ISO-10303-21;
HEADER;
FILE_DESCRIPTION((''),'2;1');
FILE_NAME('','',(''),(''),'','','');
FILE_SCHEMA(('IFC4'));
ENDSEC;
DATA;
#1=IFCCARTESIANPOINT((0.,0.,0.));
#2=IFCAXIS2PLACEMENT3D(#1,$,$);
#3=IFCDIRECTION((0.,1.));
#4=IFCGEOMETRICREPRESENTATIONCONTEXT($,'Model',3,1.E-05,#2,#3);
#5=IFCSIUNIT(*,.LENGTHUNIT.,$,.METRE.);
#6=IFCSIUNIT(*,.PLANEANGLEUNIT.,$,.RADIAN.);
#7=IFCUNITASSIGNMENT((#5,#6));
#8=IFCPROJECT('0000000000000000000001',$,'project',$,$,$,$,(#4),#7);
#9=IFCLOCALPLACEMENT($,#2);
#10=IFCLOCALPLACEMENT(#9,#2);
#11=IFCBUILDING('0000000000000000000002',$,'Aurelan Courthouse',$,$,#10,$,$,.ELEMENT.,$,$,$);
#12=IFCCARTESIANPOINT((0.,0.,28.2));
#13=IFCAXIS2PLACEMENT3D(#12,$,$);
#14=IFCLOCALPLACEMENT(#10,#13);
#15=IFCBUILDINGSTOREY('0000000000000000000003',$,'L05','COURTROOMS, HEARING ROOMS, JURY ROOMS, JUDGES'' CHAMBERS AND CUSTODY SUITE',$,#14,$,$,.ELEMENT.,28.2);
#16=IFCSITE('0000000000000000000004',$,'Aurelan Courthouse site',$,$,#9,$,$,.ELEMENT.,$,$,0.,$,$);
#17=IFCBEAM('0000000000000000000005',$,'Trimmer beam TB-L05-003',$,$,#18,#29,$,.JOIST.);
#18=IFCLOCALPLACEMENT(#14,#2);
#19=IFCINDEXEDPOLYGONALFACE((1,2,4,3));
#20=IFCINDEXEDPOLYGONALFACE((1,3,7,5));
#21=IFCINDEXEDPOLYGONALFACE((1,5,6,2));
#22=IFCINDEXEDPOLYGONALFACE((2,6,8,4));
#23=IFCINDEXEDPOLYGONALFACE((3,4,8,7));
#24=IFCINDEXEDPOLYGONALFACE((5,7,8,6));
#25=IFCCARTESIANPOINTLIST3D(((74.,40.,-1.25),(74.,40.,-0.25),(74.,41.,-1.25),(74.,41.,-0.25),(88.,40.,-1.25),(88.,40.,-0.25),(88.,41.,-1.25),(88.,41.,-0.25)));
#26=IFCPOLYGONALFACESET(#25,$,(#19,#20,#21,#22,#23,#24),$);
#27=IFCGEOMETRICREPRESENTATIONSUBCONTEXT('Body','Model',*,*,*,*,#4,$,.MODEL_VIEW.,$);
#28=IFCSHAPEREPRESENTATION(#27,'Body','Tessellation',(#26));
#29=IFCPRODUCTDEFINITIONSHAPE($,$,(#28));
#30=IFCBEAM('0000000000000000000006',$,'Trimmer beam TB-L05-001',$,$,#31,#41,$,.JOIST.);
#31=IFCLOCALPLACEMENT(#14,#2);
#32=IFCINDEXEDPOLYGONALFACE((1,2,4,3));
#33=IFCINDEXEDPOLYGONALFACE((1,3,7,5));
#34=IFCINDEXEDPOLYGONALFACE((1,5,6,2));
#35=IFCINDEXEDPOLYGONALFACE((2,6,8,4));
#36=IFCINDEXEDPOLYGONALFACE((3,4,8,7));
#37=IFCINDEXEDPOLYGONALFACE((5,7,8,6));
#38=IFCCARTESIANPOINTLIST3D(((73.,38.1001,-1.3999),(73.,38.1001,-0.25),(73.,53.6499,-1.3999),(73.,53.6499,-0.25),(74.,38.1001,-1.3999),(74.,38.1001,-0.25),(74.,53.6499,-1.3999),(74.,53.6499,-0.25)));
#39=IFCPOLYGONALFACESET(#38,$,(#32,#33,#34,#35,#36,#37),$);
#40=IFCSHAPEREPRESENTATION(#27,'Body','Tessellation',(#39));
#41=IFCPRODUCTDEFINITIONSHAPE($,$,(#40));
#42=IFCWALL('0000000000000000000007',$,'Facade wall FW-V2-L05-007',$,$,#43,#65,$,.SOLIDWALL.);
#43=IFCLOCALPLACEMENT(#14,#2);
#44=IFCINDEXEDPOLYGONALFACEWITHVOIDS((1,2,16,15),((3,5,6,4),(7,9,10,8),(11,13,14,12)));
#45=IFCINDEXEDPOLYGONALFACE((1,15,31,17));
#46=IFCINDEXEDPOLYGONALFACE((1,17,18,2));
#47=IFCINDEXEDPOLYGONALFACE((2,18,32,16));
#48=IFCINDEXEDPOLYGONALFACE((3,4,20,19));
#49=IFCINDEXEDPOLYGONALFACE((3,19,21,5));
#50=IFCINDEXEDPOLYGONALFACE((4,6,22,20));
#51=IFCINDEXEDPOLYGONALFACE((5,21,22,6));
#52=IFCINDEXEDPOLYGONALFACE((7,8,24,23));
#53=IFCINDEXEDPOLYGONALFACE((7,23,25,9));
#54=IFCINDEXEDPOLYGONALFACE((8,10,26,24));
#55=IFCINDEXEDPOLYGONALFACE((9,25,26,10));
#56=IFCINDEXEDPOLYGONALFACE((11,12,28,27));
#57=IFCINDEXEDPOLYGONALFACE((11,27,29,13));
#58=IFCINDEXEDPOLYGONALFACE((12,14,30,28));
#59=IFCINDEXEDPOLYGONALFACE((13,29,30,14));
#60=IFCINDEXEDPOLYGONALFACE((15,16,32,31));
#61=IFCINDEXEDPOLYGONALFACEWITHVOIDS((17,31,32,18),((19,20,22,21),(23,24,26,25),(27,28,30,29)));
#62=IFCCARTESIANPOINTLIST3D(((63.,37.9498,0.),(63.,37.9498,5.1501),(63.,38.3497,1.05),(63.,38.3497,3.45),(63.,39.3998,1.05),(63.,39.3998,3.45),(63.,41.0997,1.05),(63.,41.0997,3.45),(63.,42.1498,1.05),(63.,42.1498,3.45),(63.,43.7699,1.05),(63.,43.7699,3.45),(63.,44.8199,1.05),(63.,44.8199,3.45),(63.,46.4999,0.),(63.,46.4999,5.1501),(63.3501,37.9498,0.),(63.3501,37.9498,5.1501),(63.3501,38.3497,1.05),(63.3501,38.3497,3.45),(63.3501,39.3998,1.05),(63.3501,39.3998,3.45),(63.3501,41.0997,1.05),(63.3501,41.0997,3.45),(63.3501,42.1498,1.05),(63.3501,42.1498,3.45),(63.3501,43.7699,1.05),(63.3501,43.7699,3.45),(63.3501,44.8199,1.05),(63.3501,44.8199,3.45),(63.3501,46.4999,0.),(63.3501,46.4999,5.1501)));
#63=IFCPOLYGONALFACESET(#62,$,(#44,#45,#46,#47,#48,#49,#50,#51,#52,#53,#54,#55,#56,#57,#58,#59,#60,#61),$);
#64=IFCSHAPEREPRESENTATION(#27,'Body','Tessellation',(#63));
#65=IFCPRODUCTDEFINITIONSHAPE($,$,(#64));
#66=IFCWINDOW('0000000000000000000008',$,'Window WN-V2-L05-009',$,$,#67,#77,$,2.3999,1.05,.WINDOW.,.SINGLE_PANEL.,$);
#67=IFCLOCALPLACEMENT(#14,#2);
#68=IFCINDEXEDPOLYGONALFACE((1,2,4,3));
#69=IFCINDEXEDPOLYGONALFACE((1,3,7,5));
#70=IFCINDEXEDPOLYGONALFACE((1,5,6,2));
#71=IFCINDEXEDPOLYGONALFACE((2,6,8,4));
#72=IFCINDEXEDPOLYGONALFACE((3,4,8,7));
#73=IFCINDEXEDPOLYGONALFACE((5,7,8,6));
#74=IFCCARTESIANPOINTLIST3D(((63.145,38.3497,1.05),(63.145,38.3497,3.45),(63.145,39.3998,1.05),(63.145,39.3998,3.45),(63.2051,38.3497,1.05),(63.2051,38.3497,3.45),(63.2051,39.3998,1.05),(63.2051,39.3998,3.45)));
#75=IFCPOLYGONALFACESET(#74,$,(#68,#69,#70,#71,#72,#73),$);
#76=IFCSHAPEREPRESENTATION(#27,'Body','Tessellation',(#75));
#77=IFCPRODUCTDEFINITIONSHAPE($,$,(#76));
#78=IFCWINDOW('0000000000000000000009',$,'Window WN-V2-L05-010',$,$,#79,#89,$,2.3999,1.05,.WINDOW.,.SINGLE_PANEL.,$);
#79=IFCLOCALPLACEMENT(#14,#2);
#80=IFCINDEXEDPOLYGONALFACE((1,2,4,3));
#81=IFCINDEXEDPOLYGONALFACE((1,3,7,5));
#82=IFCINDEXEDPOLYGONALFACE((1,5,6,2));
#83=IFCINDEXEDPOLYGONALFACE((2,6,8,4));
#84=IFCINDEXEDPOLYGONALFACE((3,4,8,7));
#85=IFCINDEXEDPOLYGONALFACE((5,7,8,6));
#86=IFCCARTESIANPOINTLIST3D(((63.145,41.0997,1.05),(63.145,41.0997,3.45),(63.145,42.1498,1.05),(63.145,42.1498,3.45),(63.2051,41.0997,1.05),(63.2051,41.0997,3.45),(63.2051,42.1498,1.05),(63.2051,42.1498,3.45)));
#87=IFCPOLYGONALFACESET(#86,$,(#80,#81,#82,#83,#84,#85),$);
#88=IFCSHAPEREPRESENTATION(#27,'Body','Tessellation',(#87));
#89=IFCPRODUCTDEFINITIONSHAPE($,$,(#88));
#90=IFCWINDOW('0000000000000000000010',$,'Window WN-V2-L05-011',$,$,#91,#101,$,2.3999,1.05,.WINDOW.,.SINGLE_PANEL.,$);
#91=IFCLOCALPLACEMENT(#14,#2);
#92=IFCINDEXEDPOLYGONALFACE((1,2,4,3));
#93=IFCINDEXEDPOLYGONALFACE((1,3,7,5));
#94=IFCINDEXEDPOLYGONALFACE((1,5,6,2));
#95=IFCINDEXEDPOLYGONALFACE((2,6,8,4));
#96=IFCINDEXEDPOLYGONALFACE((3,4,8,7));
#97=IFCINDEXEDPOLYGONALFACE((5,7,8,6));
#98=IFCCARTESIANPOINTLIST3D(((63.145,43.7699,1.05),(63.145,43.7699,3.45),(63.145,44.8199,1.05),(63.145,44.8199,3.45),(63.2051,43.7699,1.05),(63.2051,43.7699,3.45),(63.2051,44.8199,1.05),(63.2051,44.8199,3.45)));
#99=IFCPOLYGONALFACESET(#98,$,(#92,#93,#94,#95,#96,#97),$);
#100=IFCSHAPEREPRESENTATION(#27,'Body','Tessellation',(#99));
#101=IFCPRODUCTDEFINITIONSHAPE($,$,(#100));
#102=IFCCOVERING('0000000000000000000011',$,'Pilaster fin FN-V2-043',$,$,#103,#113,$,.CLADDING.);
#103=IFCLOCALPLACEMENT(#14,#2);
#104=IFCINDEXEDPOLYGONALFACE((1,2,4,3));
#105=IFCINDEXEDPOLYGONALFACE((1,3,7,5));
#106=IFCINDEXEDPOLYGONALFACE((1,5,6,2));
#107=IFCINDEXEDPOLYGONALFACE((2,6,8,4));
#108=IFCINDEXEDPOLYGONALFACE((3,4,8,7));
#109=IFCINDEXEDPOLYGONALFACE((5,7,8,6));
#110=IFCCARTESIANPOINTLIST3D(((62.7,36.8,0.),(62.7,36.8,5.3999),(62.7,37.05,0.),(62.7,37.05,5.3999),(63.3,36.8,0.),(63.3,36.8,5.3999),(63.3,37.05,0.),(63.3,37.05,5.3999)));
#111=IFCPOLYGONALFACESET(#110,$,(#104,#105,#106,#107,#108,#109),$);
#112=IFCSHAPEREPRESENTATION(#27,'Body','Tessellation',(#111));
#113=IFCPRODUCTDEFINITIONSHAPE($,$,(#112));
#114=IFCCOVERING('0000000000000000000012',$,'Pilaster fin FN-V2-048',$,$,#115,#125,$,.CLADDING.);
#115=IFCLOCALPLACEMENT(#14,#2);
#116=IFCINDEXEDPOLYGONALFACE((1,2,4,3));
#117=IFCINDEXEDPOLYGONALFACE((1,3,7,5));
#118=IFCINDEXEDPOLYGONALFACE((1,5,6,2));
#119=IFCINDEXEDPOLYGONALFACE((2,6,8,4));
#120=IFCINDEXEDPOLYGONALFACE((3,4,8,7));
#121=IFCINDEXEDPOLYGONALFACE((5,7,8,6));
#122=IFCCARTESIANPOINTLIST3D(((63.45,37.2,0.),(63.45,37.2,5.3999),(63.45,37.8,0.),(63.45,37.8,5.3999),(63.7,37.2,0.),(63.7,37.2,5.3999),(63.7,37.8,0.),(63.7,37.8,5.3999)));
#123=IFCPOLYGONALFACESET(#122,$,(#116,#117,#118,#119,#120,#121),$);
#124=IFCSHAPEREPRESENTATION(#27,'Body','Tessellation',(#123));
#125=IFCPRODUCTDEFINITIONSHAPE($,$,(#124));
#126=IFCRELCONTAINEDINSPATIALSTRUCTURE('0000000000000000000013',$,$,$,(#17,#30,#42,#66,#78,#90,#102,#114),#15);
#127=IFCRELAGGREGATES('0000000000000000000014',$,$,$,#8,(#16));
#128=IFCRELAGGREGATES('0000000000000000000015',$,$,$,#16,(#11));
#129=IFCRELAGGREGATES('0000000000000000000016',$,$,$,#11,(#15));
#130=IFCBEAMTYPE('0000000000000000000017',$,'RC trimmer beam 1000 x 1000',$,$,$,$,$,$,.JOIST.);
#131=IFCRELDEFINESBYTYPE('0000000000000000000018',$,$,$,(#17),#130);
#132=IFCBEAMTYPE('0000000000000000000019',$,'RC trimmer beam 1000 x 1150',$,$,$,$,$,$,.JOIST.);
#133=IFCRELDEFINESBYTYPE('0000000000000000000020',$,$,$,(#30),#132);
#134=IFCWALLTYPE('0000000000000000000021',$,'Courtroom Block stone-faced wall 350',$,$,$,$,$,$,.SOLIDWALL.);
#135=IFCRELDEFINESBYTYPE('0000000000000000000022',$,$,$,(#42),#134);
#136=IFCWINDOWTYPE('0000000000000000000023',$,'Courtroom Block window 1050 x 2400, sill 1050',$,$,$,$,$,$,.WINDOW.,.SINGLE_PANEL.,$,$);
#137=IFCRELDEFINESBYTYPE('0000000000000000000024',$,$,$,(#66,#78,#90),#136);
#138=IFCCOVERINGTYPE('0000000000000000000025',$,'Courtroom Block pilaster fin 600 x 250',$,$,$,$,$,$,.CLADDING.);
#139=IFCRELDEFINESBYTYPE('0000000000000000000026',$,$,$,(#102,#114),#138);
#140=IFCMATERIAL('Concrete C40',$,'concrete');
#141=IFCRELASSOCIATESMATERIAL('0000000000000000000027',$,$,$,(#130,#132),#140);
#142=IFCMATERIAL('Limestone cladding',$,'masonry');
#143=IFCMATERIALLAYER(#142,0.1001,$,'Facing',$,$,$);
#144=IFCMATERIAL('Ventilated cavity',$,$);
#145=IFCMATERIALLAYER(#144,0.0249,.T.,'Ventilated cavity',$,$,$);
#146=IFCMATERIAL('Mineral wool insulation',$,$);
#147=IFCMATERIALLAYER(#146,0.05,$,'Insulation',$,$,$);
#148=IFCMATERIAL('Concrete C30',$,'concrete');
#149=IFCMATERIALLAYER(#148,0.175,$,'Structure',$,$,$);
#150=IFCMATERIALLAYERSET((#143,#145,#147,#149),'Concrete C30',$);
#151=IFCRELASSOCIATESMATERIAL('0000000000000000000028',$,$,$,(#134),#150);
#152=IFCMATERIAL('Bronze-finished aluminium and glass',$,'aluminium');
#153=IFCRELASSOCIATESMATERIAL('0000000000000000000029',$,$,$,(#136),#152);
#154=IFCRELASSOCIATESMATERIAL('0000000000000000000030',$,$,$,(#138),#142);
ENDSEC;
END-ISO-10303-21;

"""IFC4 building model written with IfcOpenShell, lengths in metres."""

from ifc_helpers import new_model, si_unit, direction, frame, frame_2d, origin, origin_2d, place, context, subcontext, project, spatial, rectangle, extrude, material, layer, layer_set, material_profile, profile_set, type_object, element, fill, save


model = new_model("IFC4")

# Units and contexts
model_context = context("Model", 3, precision=1e-05, world=origin(), true_north=direction((0.0, 1.0)))
body_context = subcontext(model_context, "Body", "Model", "MODEL_VIEW")
ifc_project = project(units=[si_unit("LENGTHUNIT", "METRE"), si_unit("PLANEANGLEUNIT", "RADIAN")], contexts=[model_context])

# Site, building, storey
site_placement = place(None, origin())
site = spatial("IfcSite", under=ifc_project, at=site_placement, Name="Aurelan Courthouse site", CompositionType="ELEMENT", RefElevation=0.0)
building_placement = place(site_placement, origin())
building = spatial("IfcBuilding", under=site, at=building_placement, Name="Aurelan Courthouse", CompositionType="ELEMENT")
storey_placement = place(building_placement, frame((0.0, 0.0, 28.2)))
storey = spatial("IfcBuildingStorey", under=building, at=storey_placement, Name="L05", Description="COURTROOMS, HEARING ROOMS, JURY ROOMS, JUDGES' CHAMBERS AND CUSTODY SUITE", CompositionType="ELEMENT", Elevation=28.2)

# Shared definitions
ifc_material_1 = material(Name="Bronze-finished aluminium and glass", Category="aluminium")

# Beams
ifc_material_2 = material(Name="Concrete C40", Category="concrete")
ifc_material_profile_1 = material_profile(ifc_material_2, rectangle(XDim=1.0, YDim=1.0, at=origin_2d()), Name="RC 1000 x 1000")
ifc_profile_set_1 = profile_set([ifc_material_profile_1], Name="Concrete C40")
beam_type_1 = type_object("IfcBeamType", Name="RC trimmer beam 1000 x 1000", PredefinedType="JOIST", material=ifc_profile_set_1)
beam_1_placement = place(storey_placement, frame((74.0, 40.5, -0.75), z_axis=(1.0, 0.0, 0.0), x_axis=(0.0, 1.0, 0.0)))
element("IfcBeam", 1, at=beam_1_placement, inside=storey, type_object=beam_type_1, Name="Trimmer beam TB-L05-003", PredefinedType="JOIST", context=body_context, shape_type="SweptSolid", body=[
    extrude(rectangle(XDim=1.0, YDim=1.0, at=origin_2d()), origin(), (0.0, 0.0, 1.0), 14.0),
])
ifc_material_profile_2 = material_profile(ifc_material_2, rectangle(XDim=1.0, YDim=1.1499, at=origin_2d()), Name="RC 1000 x 1150")
ifc_profile_set_2 = profile_set([ifc_material_profile_2], Name="Concrete C40")
beam_type_2 = type_object("IfcBeamType", Name="RC trimmer beam 1000 x 1150", PredefinedType="JOIST", material=ifc_profile_set_2)
beam_2_placement = place(storey_placement, frame((73.5, 38.1001, -0.825), z_axis=(0.0, 1.0, 0.0), x_axis=(-1.0, 0.0, 0.0)))
element("IfcBeam", 2, at=beam_2_placement, inside=storey, type_object=beam_type_2, Name="Trimmer beam TB-L05-001", PredefinedType="JOIST", context=body_context, shape_type="SweptSolid", body=[
    extrude(rectangle(XDim=1.0, YDim=1.1499, at=origin_2d()), origin(), (0.0, 0.0, 1.0), 15.5498),
])

# Wall, openings, windows
ifc_material_3 = material(Name="Limestone cladding", Category="masonry")
ifc_layer_1 = layer(ifc_material_3, 0.1001, Name="Facing")
ifc_material_4 = material(Name="Ventilated cavity")
ifc_layer_2 = layer(ifc_material_4, 0.0249, ventilated=True, Name="Ventilated cavity")
ifc_material_5 = material(Name="Mineral wool insulation")
ifc_layer_3 = layer(ifc_material_5, 0.05, Name="Insulation")
ifc_material_6 = material(Name="Concrete C30", Category="concrete")
ifc_layer_4 = layer(ifc_material_6, 0.175, Name="Structure")
ifc_layer_set_1 = layer_set([ifc_layer_1, ifc_layer_2, ifc_layer_3, ifc_layer_4], Name="Concrete C30")
wall_type = type_object("IfcWallType", Name="Courtroom Block stone-faced wall 350", PredefinedType="SOLIDWALL", material=ifc_layer_set_1)
wall_placement = place(storey_placement, frame((63.175, 37.95, 0.0), z_axis=(0.0, 0.0, 1.0), x_axis=(0.0, 1.0, 0.0)))
wall = element("IfcWall", 3, at=wall_placement, inside=storey, type_object=wall_type, Name="Facade wall FW-V2-L05-007", PredefinedType="SOLIDWALL", context=body_context, shape_type="SweptSolid", body=[
    extrude(rectangle(XDim=8.55, YDim=0.3501, at=frame_2d((4.2749, 0.0))), origin(), (0.0, 0.0, 1.0), 5.1501),
])
opening_1_placement = place(wall_placement, frame((0.3999, 0.0, 1.05)))
opening_1 = element("IfcOpeningElement", 4, at=opening_1_placement, cuts=wall, PredefinedType="OPENING", context=body_context, shape_type="SweptSolid", body=[
    extrude(rectangle(XDim=1.05, YDim=2.3999, at=frame_2d((0.5249, 1.2))), frame((0.0, 0.1851, 0.0), z_axis=(0.0, -1.0, 0.0), x_axis=(1.0, 0.0, 0.0)), (0.0, 0.0, 1.0), 0.3701),
])
opening_2_placement = place(wall_placement, frame((3.1499, 0.0, 1.05)))
opening_2 = element("IfcOpeningElement", 5, at=opening_2_placement, cuts=wall, PredefinedType="OPENING", context=body_context, shape_type="SweptSolid", body=[
    extrude(rectangle(XDim=1.05, YDim=2.3999, at=frame_2d((0.5249, 1.2))), frame((0.0, 0.1851, 0.0), z_axis=(0.0, -1.0, 0.0), x_axis=(1.0, 0.0, 0.0)), (0.0, 0.0, 1.0), 0.3701),
])
opening_3_placement = place(wall_placement, frame((5.8201, 0.0, 1.05)))
opening_3 = element("IfcOpeningElement", 6, at=opening_3_placement, cuts=wall, PredefinedType="OPENING", context=body_context, shape_type="SweptSolid", body=[
    extrude(rectangle(XDim=1.05, YDim=2.3999, at=frame_2d((0.5249, 1.2))), frame((0.0, 0.1851, 0.0), z_axis=(0.0, -1.0, 0.0), x_axis=(1.0, 0.0, 0.0)), (0.0, 0.0, 1.0), 0.3701),
])
window_type = type_object("IfcWindowType", Name="Courtroom Block window 1050 x 2400, sill 1050", PartitioningType="SINGLE_PANEL", PredefinedType="WINDOW", material=ifc_material_1)
window_1_placement = place(opening_1_placement, origin())
window_1 = element("IfcWindow", 7, at=window_1_placement, inside=storey, type_object=window_type, Name="Window WN-V2-L05-009", OverallHeight=2.3999, OverallWidth=1.05, PartitioningType="SINGLE_PANEL", PredefinedType="WINDOW", context=body_context, shape_type="SweptSolid", body=[
    extrude(rectangle(XDim=1.05, YDim=2.3999, at=frame_2d((0.5249, 1.2))), frame((0.0, 0.03, 0.0), z_axis=(0.0, -1.0, 0.0), x_axis=(1.0, 0.0, 0.0)), (0.0, 0.0, 1.0), 0.0601),
])
fill(opening_1, window_1)
window_2_placement = place(opening_2_placement, origin())
window_2 = element("IfcWindow", 8, at=window_2_placement, inside=storey, type_object=window_type, Name="Window WN-V2-L05-010", OverallHeight=2.3999, OverallWidth=1.05, PartitioningType="SINGLE_PANEL", PredefinedType="WINDOW", context=body_context, shape_type="SweptSolid", body=[
    extrude(rectangle(XDim=1.05, YDim=2.3999, at=frame_2d((0.5249, 1.2))), frame((0.0, 0.03, 0.0), z_axis=(0.0, -1.0, 0.0), x_axis=(1.0, 0.0, 0.0)), (0.0, 0.0, 1.0), 0.0601),
])
fill(opening_2, window_2)
window_3_placement = place(opening_3_placement, origin())
window_3 = element("IfcWindow", 9, at=window_3_placement, inside=storey, type_object=window_type, Name="Window WN-V2-L05-011", OverallHeight=2.3999, OverallWidth=1.05, PartitioningType="SINGLE_PANEL", PredefinedType="WINDOW", context=body_context, shape_type="SweptSolid", body=[
    extrude(rectangle(XDim=1.05, YDim=2.3999, at=frame_2d((0.5249, 1.2))), frame((0.0, 0.03, 0.0), z_axis=(0.0, -1.0, 0.0), x_axis=(1.0, 0.0, 0.0)), (0.0, 0.0, 1.0), 0.0601),
])
fill(opening_3, window_3)

# Coverings
covering_type_1 = type_object("IfcCoveringType", Name="Courtroom Block pilaster fin 600 x 250", PredefinedType="CLADDING", material=ifc_material_3)
covering_1_placement = place(storey_placement, frame((63.0, 36.925, 0.0), z_axis=(0.0, 0.0, 1.0), x_axis=(1.0, 0.0, 0.0)))
element("IfcCovering", 10, at=covering_1_placement, inside=storey, type_object=covering_type_1, Name="Pilaster fin FN-V2-043", PredefinedType="CLADDING", context=body_context, shape_type="SweptSolid", body=[
    extrude(rectangle(XDim=0.6001, YDim=0.25, at=origin_2d()), origin(), (0.0, 0.0, 1.0), 5.3999),
])
covering_2_placement = place(storey_placement, frame((63.575, 37.5, 0.0), z_axis=(0.0, 0.0, 1.0), x_axis=(1.0, 0.0, 0.0)))
element("IfcCovering", 11, at=covering_2_placement, inside=storey, type_object=covering_type_1, Name="Pilaster fin FN-V2-048", PredefinedType="CLADDING", context=body_context, shape_type="SweptSolid", body=[
    extrude(rectangle(XDim=0.25, YDim=0.6001, at=origin_2d()), origin(), (0.0, 0.0, 1.0), 5.3999),
])

save(model, "model.ifc")
